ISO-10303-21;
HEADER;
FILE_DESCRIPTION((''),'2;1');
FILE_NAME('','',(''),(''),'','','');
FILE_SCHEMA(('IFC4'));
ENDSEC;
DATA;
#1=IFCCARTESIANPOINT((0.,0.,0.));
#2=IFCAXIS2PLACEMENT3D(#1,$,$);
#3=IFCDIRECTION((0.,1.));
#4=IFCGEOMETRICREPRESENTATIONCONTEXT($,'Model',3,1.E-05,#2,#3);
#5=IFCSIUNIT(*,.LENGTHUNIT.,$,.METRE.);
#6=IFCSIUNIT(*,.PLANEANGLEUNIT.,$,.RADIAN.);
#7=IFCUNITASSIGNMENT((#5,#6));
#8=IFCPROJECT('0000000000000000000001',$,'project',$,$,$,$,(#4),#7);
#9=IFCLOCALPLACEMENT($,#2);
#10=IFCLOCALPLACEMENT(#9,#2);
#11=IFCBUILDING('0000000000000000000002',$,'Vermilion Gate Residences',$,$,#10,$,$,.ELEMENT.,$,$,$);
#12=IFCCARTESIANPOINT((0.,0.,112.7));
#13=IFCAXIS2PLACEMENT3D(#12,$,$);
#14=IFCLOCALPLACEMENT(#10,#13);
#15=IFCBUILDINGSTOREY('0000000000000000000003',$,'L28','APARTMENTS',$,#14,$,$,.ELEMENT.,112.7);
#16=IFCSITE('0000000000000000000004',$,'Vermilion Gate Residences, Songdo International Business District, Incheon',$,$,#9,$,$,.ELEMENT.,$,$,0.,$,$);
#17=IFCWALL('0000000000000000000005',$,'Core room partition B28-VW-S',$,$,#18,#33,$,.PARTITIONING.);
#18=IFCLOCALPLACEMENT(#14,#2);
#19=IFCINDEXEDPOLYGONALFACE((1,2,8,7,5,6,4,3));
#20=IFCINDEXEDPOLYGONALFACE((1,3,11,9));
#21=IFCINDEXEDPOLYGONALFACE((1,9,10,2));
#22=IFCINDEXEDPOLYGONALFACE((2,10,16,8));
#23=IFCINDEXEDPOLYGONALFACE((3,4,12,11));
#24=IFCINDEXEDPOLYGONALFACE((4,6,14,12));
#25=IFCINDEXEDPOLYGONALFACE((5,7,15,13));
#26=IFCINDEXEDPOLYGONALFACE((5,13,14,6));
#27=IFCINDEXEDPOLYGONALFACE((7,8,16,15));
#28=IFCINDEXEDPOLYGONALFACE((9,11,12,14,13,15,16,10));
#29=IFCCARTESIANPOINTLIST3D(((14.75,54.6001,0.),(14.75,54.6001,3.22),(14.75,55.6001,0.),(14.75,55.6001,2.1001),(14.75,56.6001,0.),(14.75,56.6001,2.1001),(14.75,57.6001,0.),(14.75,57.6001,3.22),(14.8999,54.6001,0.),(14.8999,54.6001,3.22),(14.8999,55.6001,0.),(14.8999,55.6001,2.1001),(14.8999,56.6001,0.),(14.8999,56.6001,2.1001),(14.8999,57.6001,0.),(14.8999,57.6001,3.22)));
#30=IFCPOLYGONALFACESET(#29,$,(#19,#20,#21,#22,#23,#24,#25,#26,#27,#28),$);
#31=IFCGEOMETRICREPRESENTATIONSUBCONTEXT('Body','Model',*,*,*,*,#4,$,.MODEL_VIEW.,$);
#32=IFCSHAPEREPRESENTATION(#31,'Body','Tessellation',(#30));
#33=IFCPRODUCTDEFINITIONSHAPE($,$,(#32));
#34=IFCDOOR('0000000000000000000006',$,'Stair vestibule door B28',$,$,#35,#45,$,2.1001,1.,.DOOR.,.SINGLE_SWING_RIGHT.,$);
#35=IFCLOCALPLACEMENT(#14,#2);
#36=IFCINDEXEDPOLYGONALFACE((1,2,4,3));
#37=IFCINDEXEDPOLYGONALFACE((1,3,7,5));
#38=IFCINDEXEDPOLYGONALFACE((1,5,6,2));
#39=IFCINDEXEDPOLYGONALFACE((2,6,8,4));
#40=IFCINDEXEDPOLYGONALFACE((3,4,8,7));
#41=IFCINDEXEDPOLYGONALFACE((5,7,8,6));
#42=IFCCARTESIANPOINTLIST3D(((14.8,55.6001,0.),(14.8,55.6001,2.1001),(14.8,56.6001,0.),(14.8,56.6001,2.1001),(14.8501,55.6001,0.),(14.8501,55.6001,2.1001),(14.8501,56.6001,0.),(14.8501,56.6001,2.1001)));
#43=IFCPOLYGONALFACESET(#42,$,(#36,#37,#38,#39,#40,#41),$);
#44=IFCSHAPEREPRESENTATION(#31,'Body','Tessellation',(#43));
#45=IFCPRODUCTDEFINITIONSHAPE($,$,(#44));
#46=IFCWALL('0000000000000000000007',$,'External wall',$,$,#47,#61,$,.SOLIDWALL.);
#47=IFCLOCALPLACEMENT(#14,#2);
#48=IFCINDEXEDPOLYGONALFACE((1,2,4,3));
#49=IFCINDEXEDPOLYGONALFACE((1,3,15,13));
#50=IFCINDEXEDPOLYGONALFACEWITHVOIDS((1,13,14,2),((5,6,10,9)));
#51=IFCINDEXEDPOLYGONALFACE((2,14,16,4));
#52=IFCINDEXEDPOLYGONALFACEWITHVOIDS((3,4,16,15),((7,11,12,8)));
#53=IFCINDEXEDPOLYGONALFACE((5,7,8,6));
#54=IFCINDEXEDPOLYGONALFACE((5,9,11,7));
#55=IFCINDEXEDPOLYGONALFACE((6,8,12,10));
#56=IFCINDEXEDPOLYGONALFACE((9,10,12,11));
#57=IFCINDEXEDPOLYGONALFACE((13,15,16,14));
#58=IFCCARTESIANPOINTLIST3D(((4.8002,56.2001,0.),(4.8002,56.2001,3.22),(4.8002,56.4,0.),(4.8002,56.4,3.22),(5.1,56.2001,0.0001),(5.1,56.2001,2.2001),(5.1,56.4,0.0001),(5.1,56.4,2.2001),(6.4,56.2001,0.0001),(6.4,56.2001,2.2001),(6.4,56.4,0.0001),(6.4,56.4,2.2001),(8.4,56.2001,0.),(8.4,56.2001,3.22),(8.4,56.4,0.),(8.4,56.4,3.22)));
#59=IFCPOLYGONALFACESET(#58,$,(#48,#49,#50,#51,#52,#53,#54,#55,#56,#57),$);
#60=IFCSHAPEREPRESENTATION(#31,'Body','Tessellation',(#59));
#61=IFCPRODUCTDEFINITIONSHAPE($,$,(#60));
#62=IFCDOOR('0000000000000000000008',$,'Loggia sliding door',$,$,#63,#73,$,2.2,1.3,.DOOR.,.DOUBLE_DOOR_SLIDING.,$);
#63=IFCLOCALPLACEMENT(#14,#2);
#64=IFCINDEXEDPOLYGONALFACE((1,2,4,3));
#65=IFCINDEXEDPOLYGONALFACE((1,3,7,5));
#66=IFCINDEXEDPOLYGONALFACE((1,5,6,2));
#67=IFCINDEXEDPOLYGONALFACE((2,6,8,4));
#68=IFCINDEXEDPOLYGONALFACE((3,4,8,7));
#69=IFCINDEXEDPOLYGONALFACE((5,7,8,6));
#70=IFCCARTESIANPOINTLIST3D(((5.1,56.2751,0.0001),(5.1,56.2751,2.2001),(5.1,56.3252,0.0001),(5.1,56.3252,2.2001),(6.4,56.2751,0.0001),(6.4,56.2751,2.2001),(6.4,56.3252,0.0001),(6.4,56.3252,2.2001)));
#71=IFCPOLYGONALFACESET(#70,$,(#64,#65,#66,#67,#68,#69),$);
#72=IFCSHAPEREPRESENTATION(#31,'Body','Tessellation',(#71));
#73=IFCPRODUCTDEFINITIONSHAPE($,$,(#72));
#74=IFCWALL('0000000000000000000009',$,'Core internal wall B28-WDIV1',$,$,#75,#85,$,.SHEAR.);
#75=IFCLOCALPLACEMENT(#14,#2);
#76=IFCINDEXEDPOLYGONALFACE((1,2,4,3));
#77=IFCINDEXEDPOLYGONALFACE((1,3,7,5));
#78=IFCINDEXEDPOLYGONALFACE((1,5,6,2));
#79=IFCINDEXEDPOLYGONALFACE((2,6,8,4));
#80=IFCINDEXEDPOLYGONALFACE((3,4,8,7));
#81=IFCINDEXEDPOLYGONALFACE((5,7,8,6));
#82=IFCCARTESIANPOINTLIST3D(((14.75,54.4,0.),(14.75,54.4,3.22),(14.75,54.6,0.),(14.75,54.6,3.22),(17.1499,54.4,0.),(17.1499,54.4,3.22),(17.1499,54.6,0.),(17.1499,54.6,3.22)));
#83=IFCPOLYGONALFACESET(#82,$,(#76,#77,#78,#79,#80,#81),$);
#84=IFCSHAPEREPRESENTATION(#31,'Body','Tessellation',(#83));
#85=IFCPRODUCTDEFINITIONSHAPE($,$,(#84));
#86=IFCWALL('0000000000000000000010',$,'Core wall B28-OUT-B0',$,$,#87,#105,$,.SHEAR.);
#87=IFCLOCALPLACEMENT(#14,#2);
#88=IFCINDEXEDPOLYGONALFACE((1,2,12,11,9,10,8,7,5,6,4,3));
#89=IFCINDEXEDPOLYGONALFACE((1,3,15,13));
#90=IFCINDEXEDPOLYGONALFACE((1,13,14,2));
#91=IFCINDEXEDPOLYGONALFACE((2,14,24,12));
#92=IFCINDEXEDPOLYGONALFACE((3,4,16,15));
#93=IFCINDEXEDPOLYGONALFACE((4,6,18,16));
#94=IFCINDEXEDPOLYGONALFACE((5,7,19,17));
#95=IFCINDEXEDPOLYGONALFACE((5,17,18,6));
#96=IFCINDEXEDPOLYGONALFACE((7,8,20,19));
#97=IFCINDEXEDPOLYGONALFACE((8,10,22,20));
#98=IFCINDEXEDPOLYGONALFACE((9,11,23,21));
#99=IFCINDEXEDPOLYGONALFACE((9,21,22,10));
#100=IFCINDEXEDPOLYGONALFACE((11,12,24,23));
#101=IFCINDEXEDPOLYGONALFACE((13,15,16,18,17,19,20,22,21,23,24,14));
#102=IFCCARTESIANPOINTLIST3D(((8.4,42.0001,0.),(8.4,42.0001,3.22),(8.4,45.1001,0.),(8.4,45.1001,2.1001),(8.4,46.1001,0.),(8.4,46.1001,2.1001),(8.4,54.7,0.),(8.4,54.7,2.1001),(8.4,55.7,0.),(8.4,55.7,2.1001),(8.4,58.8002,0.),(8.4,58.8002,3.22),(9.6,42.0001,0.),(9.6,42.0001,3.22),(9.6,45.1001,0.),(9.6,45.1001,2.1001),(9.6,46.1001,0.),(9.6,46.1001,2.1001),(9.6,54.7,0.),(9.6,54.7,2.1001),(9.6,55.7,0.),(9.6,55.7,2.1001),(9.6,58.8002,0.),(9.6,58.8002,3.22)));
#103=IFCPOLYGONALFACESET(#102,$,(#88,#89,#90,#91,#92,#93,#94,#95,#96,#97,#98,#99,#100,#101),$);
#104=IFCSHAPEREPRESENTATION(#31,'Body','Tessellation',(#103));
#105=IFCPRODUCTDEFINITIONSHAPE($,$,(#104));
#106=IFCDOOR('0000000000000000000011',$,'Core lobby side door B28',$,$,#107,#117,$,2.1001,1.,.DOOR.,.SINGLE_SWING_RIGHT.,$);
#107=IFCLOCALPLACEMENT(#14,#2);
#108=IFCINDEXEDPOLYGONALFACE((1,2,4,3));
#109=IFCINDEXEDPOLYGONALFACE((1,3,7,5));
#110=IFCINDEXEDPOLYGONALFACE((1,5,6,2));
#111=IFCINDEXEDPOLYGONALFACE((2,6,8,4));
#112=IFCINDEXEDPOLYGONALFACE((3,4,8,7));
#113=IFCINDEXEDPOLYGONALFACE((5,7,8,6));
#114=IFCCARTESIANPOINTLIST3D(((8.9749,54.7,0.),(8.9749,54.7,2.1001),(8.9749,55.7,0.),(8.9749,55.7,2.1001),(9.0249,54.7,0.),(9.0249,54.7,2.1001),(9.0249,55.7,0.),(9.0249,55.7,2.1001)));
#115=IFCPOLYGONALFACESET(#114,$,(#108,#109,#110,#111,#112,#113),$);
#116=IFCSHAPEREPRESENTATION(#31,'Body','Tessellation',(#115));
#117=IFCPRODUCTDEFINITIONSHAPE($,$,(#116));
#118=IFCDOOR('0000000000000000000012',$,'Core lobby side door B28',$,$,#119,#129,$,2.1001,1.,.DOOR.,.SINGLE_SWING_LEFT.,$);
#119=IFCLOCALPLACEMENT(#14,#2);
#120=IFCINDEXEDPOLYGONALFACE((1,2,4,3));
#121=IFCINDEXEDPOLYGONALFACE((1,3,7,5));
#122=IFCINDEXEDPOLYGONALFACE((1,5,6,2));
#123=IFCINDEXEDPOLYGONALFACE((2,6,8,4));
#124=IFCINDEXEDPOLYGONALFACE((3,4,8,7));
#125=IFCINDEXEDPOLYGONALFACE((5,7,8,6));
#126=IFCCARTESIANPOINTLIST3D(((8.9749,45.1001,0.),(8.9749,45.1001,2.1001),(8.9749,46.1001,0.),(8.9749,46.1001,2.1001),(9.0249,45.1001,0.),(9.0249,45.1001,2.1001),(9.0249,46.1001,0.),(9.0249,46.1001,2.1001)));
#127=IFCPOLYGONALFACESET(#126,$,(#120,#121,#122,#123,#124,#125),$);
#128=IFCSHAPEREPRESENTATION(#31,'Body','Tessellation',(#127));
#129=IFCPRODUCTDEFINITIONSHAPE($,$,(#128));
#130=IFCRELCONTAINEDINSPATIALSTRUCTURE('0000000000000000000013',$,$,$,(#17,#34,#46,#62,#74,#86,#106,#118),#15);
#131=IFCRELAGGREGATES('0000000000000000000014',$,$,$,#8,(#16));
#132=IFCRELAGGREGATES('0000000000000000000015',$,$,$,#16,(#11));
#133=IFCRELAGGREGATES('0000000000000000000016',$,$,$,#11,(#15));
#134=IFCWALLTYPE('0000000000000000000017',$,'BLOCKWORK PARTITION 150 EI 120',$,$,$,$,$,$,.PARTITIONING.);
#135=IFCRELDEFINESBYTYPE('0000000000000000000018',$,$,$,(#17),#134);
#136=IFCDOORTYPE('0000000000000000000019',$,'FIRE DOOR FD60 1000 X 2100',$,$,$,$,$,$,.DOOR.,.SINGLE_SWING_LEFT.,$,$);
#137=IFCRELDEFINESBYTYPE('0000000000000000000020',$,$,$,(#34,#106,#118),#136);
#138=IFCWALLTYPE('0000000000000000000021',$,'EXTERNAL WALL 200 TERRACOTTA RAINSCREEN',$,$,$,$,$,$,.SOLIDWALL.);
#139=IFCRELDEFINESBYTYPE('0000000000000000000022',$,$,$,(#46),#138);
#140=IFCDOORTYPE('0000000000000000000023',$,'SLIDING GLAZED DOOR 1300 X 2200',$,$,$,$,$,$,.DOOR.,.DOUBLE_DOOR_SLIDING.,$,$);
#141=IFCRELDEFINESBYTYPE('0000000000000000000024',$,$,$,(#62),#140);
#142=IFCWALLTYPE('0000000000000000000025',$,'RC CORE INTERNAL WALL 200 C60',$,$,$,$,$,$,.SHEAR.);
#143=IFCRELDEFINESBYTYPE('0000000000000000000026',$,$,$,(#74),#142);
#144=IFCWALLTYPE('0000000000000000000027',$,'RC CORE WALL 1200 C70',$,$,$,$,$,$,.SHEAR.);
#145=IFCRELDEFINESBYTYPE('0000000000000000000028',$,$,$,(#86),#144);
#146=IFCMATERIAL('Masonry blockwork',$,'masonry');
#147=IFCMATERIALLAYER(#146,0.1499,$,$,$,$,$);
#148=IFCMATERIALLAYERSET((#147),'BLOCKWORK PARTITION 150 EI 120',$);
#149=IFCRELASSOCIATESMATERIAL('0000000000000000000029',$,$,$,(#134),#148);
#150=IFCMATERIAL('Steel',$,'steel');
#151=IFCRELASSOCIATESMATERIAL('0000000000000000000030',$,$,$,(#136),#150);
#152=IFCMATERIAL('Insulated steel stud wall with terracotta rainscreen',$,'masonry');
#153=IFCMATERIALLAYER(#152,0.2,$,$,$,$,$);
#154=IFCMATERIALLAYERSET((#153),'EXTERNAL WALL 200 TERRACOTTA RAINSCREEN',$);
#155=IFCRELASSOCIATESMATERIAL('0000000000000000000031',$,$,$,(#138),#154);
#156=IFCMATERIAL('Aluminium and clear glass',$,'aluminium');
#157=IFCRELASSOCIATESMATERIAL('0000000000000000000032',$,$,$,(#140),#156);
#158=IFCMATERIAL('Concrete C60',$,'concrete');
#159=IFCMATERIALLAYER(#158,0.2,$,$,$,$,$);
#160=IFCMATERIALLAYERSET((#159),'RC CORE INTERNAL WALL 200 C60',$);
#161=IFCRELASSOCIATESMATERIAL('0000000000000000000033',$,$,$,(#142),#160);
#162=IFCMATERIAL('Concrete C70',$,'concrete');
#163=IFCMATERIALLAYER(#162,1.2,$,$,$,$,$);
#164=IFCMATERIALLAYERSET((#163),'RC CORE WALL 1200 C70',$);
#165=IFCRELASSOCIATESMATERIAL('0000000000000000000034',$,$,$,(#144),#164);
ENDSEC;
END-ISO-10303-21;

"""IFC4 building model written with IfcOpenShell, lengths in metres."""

from ifc_helpers import new_model, si_unit, direction, frame, frame_2d, origin, place, context, subcontext, project, spatial, rectangle, extrude, material, layer, layer_set, type_object, element, fill, save


model = new_model("IFC4")

# Units and contexts
model_context = context("Model", 3, precision=1e-05, world=origin(), true_north=direction((0.0, 1.0)))
body_context = subcontext(model_context, "Body", "Model", "MODEL_VIEW")
ifc_project = project(units=[si_unit("LENGTHUNIT", "METRE"), si_unit("PLANEANGLEUNIT", "RADIAN")], contexts=[model_context])

# Site, building, storey
site_placement = place(None, origin())
site = spatial("IfcSite", under=ifc_project, at=site_placement, Name="Vermilion Gate Residences, Songdo International Business District, Incheon", CompositionType="ELEMENT", RefElevation=0.0)
building_placement = place(site_placement, origin())
building = spatial("IfcBuilding", under=site, at=building_placement, Name="Vermilion Gate Residences", CompositionType="ELEMENT")
storey_placement = place(building_placement, frame((0.0, 0.0, 112.7)))
storey = spatial("IfcBuildingStorey", under=building, at=storey_placement, Name="L28", Description="APARTMENTS", CompositionType="ELEMENT", Elevation=112.7)

# Walls, openings, doors
ifc_material_1 = material(Name="Masonry blockwork", Category="masonry")
ifc_layer_1 = layer(ifc_material_1, 0.1499)
ifc_layer_set_1 = layer_set([ifc_layer_1], Name="BLOCKWORK PARTITION 150 EI 120")
wall_type_1 = type_object("IfcWallType", Name="BLOCKWORK PARTITION 150 EI 120", PredefinedType="PARTITIONING", material=ifc_layer_set_1)
wall_1_placement = place(storey_placement, frame((14.825, 57.6001, 0.0), z_axis=(0.0, 0.0, 1.0), x_axis=(0.0, -1.0, 0.0)))
wall_1 = element("IfcWall", 1, at=wall_1_placement, inside=storey, type_object=wall_type_1, Name="Core room partition B28-VW-S", PredefinedType="PARTITIONING", context=body_context, shape_type="SweptSolid", body=[
    extrude(rectangle(XDim=3.0, YDim=0.1499, at=frame_2d((1.5, 0.0))), origin(), (0.0, 0.0, 1.0), 3.22),
])
opening_1_placement = place(wall_1_placement, frame((1.0, 0.0, 0.0)))
opening_1 = element("IfcOpeningElement", 2, at=opening_1_placement, cuts=wall_1, PredefinedType="OPENING", context=body_context, shape_type="SweptSolid", body=[
    extrude(rectangle(XDim=1.0, YDim=2.1001, at=frame_2d((0.5, 1.05))), frame((0.0, 0.085, 0.0), z_axis=(0.0, -1.0, 0.0), x_axis=(1.0, 0.0, 0.0)), (0.0, 0.0, 1.0), 0.1699),
])
ifc_material_2 = material(Name="Steel", Category="steel")
door_type_1 = type_object("IfcDoorType", Name="FIRE DOOR FD60 1000 X 2100", OperationType="SINGLE_SWING_LEFT", PredefinedType="DOOR", material=ifc_material_2)
door_1_placement = place(opening_1_placement, frame((1.0, 0.0, 0.0), z_axis=(0.0, 0.0, 1.0), x_axis=(-1.0, 0.0, 0.0)))
door_1 = element("IfcDoor", 3, at=door_1_placement, inside=storey, type_object=door_type_1, Name="Stair vestibule door B28", OperationType="SINGLE_SWING_RIGHT", OverallHeight=2.1001, OverallWidth=1.0, PredefinedType="DOOR", context=body_context, shape_type="SweptSolid", body=[
    extrude(rectangle(XDim=1.0, YDim=2.1001, at=frame_2d((0.5, 1.05))), frame((0.0, 0.0249, 0.0), z_axis=(0.0, -1.0, 0.0), x_axis=(1.0, 0.0, 0.0)), (0.0, 0.0, 1.0), 0.05),
])
fill(opening_1, door_1)
ifc_material_3 = material(Name="Insulated steel stud wall with terracotta rainscreen", Category="masonry")
ifc_layer_2 = layer(ifc_material_3, 0.2)
ifc_layer_set_2 = layer_set([ifc_layer_2], Name="EXTERNAL WALL 200 TERRACOTTA RAINSCREEN")
wall_type_2 = type_object("IfcWallType", Name="EXTERNAL WALL 200 TERRACOTTA RAINSCREEN", PredefinedType="SOLIDWALL", material=ifc_layer_set_2)
wall_2_placement = place(storey_placement, frame((8.3999, 56.3, 0.0), z_axis=(0.0, 0.0, 1.0), x_axis=(-1.0, 0.0, 0.0)))
wall_2 = element("IfcWall", 4, at=wall_2_placement, inside=storey, type_object=wall_type_2, Name="External wall", PredefinedType="SOLIDWALL", context=body_context, shape_type="SweptSolid", body=[
    extrude(rectangle(XDim=3.5999, YDim=0.2, at=frame_2d((1.7998, 0.0))), origin(), (0.0, 0.0, 1.0), 3.22),
])
opening_2_placement = place(wall_2_placement, frame((2.0, 0.0, 0.0)))
opening_2 = element("IfcOpeningElement", 5, at=opening_2_placement, cuts=wall_2, PredefinedType="OPENING", context=body_context, shape_type="SweptSolid", body=[
    extrude(rectangle(XDim=1.3, YDim=2.2, at=frame_2d((0.6499, 1.1001))), frame((0.0, 0.1099, 0.0), z_axis=(0.0, -1.0, 0.0), x_axis=(1.0, 0.0, 0.0)), (0.0, 0.0, 1.0), 0.22),
])
ifc_material_4 = material(Name="Aluminium and clear glass", Category="aluminium")
door_type_2 = type_object("IfcDoorType", Name="SLIDING GLAZED DOOR 1300 X 2200", OperationType="DOUBLE_DOOR_SLIDING", PredefinedType="DOOR", material=ifc_material_4)
door_2_placement = place(opening_2_placement, origin())
door_2 = element("IfcDoor", 6, at=door_2_placement, inside=storey, type_object=door_type_2, Name="Loggia sliding door", OperationType="DOUBLE_DOOR_SLIDING", OverallHeight=2.2, OverallWidth=1.3, PredefinedType="DOOR", context=body_context, shape_type="SweptSolid", body=[
    extrude(rectangle(XDim=1.3, YDim=2.2, at=frame_2d((0.6499, 1.1001))), frame((0.0, 0.0249, 0.0), z_axis=(0.0, -1.0, 0.0), x_axis=(1.0, 0.0, 0.0)), (0.0, 0.0, 1.0), 0.05),
])
fill(opening_2, door_2)

# Wall
ifc_material_5 = material(Name="Concrete C60", Category="concrete")
ifc_layer_3 = layer(ifc_material_5, 0.2)
ifc_layer_set_3 = layer_set([ifc_layer_3], Name="RC CORE INTERNAL WALL 200 C60")
wall_type_3 = type_object("IfcWallType", Name="RC CORE INTERNAL WALL 200 C60", PredefinedType="SHEAR", material=ifc_layer_set_3)
wall_3_placement = place(storey_placement, frame((14.75, 54.5, 0.0), z_axis=(0.0, 0.0, 1.0), x_axis=(1.0, 0.0, 0.0)))
element("IfcWall", 7, at=wall_3_placement, inside=storey, type_object=wall_type_3, Name="Core internal wall B28-WDIV1", PredefinedType="SHEAR", context=body_context, shape_type="SweptSolid", body=[
    extrude(rectangle(XDim=2.3999, YDim=0.2, at=frame_2d((1.2, 0.0))), origin(), (0.0, 0.0, 1.0), 3.22),
])

# Wall, openings, doors
ifc_material_6 = material(Name="Concrete C70", Category="concrete")
ifc_layer_4 = layer(ifc_material_6, 1.2)
ifc_layer_set_4 = layer_set([ifc_layer_4], Name="RC CORE WALL 1200 C70")
wall_type_4 = type_object("IfcWallType", Name="RC CORE WALL 1200 C70", PredefinedType="SHEAR", material=ifc_layer_set_4)
wall_4_placement = place(storey_placement, frame((9.0, 58.8, 0.0), z_axis=(0.0, 0.0, 1.0), x_axis=(0.0, -1.0, 0.0)))
wall_4 = element("IfcWall", 8, at=wall_4_placement, inside=storey, type_object=wall_type_4, Name="Core wall B28-OUT-B0", PredefinedType="SHEAR", context=body_context, shape_type="SweptSolid", body=[
    extrude(rectangle(XDim=16.8, YDim=1.2, at=frame_2d((8.3999, 0.0))), origin(), (0.0, 0.0, 1.0), 3.22),
])
opening_3_placement = place(wall_4_placement, frame((3.1001, 0.0, 0.0)))
opening_3 = element("IfcOpeningElement", 9, at=opening_3_placement, cuts=wall_4, PredefinedType="OPENING", context=body_context, shape_type="SweptSolid", body=[
    extrude(rectangle(XDim=1.0, YDim=2.1001, at=frame_2d((0.5, 1.05))), frame((0.0, 0.6099, 0.0), z_axis=(0.0, -1.0, 0.0), x_axis=(1.0, 0.0, 0.0)), (0.0, 0.0, 1.0), 1.22),
])
opening_4_placement = place(wall_4_placement, frame((12.7, 0.0, 0.0)))
opening_4 = element("IfcOpeningElement", 10, at=opening_4_placement, cuts=wall_4, PredefinedType="OPENING", context=body_context, shape_type="SweptSolid", body=[
    extrude(rectangle(XDim=1.0, YDim=2.1001, at=frame_2d((0.5, 1.05))), frame((0.0, 0.6099, 0.0), z_axis=(0.0, -1.0, 0.0), x_axis=(1.0, 0.0, 0.0)), (0.0, 0.0, 1.0), 1.22),
])
door_3_placement = place(opening_3_placement, origin())
door_3 = element("IfcDoor", 11, at=door_3_placement, inside=storey, type_object=door_type_1, Name="Core lobby side door B28", OperationType="SINGLE_SWING_RIGHT", OverallHeight=2.1001, OverallWidth=1.0, PredefinedType="DOOR", context=body_context, shape_type="SweptSolid", body=[
    extrude(rectangle(XDim=1.0, YDim=2.1001, at=frame_2d((0.5, 1.05))), frame((0.0, 0.0249, 0.0), z_axis=(0.0, -1.0, 0.0), x_axis=(1.0, 0.0, 0.0)), (0.0, 0.0, 1.0), 0.05),
])
fill(opening_3, door_3)
door_4_placement = place(opening_4_placement, origin())
door_4 = element("IfcDoor", 12, at=door_4_placement, inside=storey, type_object=door_type_1, Name="Core lobby side door B28", OperationType="SINGLE_SWING_LEFT", OverallHeight=2.1001, OverallWidth=1.0, PredefinedType="DOOR", context=body_context, shape_type="SweptSolid", body=[
    extrude(rectangle(XDim=1.0, YDim=2.1001, at=frame_2d((0.5, 1.05))), frame((0.0, 0.0249, 0.0), z_axis=(0.0, -1.0, 0.0), x_axis=(1.0, 0.0, 0.0)), (0.0, 0.0, 1.0), 0.05),
])
fill(opening_4, door_4)

save(model, "model.ifc")
